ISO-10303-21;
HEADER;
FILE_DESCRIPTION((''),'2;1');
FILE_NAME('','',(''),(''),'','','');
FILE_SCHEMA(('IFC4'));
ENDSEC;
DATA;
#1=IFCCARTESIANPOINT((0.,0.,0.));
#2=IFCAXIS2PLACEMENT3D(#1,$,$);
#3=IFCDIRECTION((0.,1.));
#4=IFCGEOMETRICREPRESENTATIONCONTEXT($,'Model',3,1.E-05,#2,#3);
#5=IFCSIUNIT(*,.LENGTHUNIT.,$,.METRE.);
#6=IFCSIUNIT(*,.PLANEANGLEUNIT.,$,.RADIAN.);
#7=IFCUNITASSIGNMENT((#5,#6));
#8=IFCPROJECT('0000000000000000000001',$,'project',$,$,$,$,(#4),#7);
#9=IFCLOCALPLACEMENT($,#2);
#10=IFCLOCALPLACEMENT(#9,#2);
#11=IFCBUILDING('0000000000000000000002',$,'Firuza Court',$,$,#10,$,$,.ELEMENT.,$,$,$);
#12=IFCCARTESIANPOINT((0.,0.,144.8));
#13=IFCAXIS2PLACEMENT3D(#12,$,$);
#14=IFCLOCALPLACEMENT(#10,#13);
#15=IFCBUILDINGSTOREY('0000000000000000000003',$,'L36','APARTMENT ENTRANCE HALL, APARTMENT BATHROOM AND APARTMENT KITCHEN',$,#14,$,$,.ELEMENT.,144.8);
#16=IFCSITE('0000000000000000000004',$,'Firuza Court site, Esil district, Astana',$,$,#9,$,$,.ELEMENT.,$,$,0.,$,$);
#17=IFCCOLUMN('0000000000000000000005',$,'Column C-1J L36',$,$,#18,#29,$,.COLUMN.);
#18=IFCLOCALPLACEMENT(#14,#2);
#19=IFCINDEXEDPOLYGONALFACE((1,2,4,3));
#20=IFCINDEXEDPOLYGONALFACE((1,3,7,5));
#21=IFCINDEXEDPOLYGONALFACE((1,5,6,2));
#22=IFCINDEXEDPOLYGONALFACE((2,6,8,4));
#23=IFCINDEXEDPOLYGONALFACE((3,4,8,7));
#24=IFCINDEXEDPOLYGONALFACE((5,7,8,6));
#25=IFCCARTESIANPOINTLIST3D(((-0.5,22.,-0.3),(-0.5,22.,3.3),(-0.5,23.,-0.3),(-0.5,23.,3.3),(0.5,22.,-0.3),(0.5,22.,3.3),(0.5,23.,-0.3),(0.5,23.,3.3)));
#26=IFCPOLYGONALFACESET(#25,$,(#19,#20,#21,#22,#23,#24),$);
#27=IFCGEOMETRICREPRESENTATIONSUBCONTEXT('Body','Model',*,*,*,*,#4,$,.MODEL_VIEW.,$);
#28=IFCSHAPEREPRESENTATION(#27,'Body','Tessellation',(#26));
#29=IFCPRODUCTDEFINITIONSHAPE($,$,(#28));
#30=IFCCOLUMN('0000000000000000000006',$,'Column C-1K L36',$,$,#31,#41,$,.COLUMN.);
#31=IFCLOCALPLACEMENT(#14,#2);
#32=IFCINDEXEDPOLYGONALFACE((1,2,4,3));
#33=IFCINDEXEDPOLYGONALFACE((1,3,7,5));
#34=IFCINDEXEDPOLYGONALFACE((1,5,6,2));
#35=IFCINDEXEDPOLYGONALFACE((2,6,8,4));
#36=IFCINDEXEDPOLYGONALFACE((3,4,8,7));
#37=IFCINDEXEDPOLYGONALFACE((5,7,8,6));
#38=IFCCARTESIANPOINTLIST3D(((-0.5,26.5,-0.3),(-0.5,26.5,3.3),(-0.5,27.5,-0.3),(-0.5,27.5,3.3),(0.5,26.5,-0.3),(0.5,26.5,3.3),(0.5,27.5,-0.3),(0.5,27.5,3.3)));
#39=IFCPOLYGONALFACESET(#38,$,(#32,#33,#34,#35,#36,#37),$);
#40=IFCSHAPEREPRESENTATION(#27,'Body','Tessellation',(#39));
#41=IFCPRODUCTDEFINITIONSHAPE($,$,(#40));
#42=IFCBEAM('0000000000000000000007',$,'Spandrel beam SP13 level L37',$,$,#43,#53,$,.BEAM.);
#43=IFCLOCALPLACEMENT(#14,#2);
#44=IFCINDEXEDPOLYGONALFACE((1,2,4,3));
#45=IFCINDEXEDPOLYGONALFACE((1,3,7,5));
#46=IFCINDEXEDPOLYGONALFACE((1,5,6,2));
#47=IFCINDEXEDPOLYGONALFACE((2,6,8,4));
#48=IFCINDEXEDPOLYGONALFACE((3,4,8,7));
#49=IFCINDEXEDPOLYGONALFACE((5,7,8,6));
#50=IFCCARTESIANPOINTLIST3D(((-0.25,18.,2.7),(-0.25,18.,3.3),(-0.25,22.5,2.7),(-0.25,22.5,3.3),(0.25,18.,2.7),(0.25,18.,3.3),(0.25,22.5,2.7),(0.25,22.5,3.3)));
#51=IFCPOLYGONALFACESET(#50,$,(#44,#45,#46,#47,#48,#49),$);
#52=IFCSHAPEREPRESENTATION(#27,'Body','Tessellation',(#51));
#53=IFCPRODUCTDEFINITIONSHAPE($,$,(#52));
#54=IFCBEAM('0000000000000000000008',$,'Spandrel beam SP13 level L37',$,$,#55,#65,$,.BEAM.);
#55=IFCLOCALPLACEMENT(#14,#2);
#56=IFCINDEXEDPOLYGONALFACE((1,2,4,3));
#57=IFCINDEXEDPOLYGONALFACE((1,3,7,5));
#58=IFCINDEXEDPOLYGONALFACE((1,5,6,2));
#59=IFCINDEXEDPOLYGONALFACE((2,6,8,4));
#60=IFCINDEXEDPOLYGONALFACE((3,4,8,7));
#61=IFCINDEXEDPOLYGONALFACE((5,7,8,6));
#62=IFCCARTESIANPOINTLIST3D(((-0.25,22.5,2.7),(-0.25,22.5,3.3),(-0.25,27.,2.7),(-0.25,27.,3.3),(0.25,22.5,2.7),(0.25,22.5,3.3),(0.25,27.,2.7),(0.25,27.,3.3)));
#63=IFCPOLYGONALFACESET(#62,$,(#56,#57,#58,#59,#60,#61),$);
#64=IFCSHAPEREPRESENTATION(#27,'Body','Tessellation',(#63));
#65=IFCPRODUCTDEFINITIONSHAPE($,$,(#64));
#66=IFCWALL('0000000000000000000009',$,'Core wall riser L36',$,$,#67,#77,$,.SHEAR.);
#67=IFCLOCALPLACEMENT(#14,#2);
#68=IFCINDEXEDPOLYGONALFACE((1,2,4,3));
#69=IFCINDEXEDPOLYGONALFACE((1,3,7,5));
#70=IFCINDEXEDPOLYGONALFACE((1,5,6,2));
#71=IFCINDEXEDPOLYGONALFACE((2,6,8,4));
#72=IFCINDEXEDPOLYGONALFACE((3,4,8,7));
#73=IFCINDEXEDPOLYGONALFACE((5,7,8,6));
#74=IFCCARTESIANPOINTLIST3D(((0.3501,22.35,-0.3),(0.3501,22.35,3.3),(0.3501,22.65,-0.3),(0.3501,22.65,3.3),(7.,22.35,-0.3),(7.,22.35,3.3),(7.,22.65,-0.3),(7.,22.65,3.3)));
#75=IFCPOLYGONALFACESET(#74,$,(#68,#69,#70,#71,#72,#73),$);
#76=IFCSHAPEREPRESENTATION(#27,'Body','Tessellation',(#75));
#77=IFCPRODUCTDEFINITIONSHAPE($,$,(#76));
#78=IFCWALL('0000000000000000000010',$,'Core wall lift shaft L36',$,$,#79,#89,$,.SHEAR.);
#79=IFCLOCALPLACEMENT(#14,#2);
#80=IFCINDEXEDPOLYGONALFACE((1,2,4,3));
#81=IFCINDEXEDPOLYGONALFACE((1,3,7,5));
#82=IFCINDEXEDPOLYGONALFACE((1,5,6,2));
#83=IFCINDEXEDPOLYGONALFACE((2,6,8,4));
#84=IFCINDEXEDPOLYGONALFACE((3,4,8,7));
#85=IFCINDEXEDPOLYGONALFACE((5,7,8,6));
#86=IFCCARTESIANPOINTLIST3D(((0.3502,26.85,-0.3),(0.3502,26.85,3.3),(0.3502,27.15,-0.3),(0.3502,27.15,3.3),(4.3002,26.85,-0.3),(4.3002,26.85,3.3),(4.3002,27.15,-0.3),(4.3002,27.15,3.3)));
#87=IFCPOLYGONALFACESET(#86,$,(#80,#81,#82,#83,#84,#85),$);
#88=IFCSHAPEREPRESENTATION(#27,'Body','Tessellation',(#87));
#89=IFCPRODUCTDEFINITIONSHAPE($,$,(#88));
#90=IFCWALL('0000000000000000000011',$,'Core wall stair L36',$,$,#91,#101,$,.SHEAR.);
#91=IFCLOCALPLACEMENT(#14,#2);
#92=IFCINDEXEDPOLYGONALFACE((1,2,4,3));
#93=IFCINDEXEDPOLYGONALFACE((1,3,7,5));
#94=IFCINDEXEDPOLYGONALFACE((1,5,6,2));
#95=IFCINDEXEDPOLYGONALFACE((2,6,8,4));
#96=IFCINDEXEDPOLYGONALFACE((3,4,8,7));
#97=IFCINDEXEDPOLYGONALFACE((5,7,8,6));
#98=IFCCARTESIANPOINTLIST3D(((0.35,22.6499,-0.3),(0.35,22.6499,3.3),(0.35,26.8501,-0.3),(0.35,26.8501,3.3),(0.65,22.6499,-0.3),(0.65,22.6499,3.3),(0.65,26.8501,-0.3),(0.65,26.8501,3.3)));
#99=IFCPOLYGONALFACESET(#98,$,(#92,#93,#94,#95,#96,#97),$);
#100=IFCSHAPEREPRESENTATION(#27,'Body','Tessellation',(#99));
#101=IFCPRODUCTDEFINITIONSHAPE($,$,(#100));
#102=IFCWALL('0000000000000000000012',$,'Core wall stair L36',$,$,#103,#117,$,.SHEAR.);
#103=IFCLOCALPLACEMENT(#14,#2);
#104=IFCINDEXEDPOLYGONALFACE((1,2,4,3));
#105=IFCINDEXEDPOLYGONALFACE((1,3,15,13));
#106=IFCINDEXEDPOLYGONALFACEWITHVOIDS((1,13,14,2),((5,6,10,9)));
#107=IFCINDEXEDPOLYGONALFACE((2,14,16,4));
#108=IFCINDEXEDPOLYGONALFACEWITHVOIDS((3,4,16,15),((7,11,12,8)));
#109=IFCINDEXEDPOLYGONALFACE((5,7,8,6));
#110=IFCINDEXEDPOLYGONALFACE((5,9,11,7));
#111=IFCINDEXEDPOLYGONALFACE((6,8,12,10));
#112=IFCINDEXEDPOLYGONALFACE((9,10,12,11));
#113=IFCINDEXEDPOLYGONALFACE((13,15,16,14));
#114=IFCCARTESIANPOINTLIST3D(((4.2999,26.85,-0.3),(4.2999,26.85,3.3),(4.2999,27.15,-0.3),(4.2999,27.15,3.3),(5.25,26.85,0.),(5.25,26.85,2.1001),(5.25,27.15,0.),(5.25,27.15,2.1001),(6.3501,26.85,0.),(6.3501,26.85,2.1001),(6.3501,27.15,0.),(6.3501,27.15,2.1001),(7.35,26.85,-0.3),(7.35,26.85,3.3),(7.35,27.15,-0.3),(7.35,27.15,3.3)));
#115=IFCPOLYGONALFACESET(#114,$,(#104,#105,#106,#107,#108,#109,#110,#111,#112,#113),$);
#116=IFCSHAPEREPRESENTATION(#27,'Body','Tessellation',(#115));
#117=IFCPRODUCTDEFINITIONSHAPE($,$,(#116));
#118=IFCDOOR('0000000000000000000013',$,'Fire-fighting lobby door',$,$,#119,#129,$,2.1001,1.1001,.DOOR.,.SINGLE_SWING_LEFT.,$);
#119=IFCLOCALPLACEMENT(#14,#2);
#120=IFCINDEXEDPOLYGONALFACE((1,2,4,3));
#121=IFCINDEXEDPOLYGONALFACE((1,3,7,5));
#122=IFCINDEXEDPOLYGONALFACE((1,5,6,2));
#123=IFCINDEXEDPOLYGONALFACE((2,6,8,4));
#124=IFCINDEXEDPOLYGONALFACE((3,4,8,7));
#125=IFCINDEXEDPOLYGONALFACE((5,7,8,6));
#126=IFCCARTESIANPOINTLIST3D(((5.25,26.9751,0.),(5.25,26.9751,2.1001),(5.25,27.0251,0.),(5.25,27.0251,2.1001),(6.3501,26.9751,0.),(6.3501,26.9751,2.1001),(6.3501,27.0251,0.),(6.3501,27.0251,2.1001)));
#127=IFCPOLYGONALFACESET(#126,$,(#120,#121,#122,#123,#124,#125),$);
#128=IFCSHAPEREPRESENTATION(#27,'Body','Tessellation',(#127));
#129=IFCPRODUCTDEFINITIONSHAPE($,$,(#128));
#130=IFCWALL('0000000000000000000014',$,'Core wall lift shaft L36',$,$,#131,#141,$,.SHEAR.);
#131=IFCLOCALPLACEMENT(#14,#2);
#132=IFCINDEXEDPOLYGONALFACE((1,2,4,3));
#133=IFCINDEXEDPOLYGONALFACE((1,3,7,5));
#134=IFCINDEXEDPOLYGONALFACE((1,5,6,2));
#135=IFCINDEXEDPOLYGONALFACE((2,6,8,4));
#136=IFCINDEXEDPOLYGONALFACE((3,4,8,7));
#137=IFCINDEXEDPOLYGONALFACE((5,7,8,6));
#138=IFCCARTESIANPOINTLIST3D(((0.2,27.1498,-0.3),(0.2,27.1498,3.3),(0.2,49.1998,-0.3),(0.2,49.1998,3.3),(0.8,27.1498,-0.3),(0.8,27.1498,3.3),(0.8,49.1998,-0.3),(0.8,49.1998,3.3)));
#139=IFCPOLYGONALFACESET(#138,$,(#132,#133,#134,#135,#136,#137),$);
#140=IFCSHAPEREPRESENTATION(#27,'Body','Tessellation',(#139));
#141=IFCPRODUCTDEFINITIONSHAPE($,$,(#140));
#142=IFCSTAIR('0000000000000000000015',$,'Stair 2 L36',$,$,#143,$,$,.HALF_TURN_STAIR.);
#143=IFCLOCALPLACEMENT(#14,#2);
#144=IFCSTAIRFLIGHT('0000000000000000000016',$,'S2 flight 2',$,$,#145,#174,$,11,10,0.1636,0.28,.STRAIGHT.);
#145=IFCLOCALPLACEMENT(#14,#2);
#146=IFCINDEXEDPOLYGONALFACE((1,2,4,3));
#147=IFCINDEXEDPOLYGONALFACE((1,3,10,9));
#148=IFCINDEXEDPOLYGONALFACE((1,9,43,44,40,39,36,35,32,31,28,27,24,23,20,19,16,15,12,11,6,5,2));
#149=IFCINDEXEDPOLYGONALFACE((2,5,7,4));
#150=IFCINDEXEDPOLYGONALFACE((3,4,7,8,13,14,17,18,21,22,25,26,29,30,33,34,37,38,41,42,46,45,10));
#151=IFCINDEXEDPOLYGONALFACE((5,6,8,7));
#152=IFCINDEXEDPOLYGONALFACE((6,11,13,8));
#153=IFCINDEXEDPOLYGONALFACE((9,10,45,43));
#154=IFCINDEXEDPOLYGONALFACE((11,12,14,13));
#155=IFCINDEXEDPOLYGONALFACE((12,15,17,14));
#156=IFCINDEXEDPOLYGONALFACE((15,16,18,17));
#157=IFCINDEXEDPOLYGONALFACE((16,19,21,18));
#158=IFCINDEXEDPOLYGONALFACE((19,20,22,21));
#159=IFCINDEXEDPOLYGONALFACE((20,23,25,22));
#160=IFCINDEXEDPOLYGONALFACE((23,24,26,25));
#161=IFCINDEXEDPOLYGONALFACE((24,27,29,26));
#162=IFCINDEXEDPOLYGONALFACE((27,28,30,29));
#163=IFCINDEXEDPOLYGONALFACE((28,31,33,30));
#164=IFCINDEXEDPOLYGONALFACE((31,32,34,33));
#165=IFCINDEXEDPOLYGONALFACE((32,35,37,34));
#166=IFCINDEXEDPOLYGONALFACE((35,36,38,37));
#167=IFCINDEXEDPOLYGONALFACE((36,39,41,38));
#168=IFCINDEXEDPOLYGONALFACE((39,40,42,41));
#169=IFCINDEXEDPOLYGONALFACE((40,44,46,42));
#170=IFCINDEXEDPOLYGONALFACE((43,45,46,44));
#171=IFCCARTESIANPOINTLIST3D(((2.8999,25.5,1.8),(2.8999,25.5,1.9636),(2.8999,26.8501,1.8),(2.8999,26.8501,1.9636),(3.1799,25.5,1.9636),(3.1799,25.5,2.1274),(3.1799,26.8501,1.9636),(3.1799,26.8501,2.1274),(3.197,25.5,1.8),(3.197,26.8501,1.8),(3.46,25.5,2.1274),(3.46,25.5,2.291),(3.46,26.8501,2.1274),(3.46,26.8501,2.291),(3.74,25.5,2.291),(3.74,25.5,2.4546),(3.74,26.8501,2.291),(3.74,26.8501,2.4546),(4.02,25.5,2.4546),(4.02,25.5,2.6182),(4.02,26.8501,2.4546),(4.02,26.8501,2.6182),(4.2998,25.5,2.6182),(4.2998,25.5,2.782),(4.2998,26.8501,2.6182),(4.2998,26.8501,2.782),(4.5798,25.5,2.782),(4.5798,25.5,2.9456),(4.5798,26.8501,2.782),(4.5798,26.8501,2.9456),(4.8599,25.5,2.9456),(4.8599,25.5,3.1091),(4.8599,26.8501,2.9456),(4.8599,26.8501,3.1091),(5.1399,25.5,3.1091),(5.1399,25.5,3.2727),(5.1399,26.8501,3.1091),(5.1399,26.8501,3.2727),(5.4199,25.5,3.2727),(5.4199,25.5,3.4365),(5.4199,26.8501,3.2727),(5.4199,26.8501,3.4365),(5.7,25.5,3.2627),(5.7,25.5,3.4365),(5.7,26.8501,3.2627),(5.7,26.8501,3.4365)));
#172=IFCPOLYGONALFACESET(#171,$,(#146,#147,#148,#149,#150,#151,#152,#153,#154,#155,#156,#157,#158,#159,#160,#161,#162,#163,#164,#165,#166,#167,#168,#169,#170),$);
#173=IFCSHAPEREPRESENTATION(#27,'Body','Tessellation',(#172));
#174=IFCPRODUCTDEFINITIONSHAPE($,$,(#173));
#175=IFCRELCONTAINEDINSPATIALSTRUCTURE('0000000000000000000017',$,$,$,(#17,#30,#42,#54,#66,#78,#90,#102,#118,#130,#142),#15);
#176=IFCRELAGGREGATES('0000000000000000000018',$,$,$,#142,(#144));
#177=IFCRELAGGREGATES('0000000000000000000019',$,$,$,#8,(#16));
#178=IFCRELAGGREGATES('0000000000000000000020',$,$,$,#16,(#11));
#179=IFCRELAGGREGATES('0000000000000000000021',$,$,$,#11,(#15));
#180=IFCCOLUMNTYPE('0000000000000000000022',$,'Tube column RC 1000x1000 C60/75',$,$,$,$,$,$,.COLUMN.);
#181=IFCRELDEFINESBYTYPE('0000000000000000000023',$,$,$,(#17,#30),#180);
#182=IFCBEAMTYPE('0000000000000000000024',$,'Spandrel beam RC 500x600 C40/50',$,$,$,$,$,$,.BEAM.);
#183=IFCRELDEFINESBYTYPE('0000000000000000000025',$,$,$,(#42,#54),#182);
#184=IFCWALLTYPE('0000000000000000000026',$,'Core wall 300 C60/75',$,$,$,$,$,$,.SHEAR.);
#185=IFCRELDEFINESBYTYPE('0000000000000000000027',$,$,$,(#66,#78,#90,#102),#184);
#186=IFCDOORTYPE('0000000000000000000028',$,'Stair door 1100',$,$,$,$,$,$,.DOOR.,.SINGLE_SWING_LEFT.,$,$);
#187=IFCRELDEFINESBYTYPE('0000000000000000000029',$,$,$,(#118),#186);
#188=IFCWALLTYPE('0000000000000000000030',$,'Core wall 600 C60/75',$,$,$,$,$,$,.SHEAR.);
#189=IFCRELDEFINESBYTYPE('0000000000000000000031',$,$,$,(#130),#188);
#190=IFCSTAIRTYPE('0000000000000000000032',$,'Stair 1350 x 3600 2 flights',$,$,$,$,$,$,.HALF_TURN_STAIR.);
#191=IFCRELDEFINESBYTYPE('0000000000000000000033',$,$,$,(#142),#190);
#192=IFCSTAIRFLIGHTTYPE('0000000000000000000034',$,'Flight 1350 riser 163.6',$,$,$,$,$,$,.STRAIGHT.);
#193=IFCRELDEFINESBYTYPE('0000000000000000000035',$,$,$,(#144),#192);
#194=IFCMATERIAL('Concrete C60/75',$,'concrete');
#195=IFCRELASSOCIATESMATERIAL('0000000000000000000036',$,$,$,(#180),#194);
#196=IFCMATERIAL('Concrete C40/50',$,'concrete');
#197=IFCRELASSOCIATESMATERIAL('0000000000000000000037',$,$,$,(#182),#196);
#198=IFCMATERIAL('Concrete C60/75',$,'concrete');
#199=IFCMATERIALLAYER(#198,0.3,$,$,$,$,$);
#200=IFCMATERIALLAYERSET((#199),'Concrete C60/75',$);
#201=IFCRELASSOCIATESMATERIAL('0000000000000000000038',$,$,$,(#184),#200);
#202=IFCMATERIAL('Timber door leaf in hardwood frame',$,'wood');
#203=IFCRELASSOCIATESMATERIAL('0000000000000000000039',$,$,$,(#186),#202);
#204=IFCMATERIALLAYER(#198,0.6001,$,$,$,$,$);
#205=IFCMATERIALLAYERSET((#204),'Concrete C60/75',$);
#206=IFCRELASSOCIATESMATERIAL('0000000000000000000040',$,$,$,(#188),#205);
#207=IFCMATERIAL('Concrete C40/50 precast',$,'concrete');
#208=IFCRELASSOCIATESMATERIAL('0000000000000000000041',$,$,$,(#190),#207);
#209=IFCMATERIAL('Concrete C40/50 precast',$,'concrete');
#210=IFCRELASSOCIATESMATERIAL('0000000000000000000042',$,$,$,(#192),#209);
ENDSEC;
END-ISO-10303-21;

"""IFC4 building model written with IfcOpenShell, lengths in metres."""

from ifc_helpers import new_model, si_unit, direction, frame, frame_2d, origin, origin_2d, place, context, subcontext, project, spatial, polyline, rectangle, outline, extrude, material, layer, layer_set, material_profile, profile_set, type_object, element, fill, aggregate, save


model = new_model("IFC4")

# Units and contexts
model_context = context("Model", 3, precision=1e-05, world=origin(), true_north=direction((0.0, 1.0)))
body_context = subcontext(model_context, "Body", "Model", "MODEL_VIEW")
ifc_project = project(units=[si_unit("LENGTHUNIT", "METRE"), si_unit("PLANEANGLEUNIT", "RADIAN")], contexts=[model_context])

# Site, building, storey
site_placement = place(None, origin())
site = spatial("IfcSite", under=ifc_project, at=site_placement, Name="Firuza Court site, Esil district, Astana", CompositionType="ELEMENT", RefElevation=0.0)
building_placement = place(site_placement, origin())
building = spatial("IfcBuilding", under=site, at=building_placement, Name="Firuza Court", CompositionType="ELEMENT")
storey_placement = place(building_placement, frame((0.0, 0.0, 144.8)))
storey = spatial("IfcBuildingStorey", under=building, at=storey_placement, Name="L36", Description="APARTMENT ENTRANCE HALL, APARTMENT BATHROOM AND APARTMENT KITCHEN", CompositionType="ELEMENT", Elevation=144.8)

# Columns
ifc_material_1 = material(Name="Concrete C60/75", Category="concrete")
ifc_material_profile_1 = material_profile(ifc_material_1, rectangle(XDim=1.0, YDim=1.0, at=origin_2d()), Name="RC 1000x1000")
ifc_profile_set_1 = profile_set([ifc_material_profile_1], Name="Concrete C60/75")
column_type = type_object("IfcColumnType", Name="Tube column RC 1000x1000 C60/75", PredefinedType="COLUMN", material=ifc_profile_set_1)
for number, where, z_axis, x_axis, name in (
    (1, (0.0, 22.5, -0.3), (0.0, 0.0, 1.0), (1.0, 0.0, 0.0), "Column C-1J L36"),
    (2, (0.0, 27.0, -0.3), (0.0, 0.0, 1.0), (1.0, 0.0, 0.0), "Column C-1K L36"),
):
    element("IfcColumn", number, at=place(storey_placement, frame(where, z_axis=z_axis, x_axis=x_axis)), inside=storey, type_object=column_type, Name=name, PredefinedType="COLUMN", context=body_context, shape_type="SweptSolid", body=[
        extrude(rectangle(XDim=1.0, YDim=1.0, at=origin_2d()), origin(), (0.0, 0.0, 1.0), 3.6001),
    ])

# Beams
ifc_material_2 = material(Name="Concrete C40/50", Category="concrete")
ifc_material_profile_2 = material_profile(ifc_material_2, rectangle(XDim=0.5, YDim=0.6001, at=origin_2d()), Name="RC 500x600")
ifc_profile_set_2 = profile_set([ifc_material_profile_2], Name="Concrete C40/50")
beam_type = type_object("IfcBeamType", Name="Spandrel beam RC 500x600 C40/50", PredefinedType="BEAM", material=ifc_profile_set_2)
for number, where, z_axis, x_axis, name in (
    (3, (0.0, 22.5, 3.0), (0.0, -1.0, 0.0), (1.0, 0.0, 0.0), "Spandrel beam SP13 level L37"),
    (4, (0.0, 27.0, 3.0), (0.0, -1.0, 0.0), (1.0, 0.0, 0.0), "Spandrel beam SP13 level L37"),
):
    element("IfcBeam", number, at=place(storey_placement, frame(where, z_axis=z_axis, x_axis=x_axis)), inside=storey, type_object=beam_type, Name=name, PredefinedType="BEAM", context=body_context, shape_type="SweptSolid", body=[
        extrude(rectangle(XDim=0.5, YDim=0.6001, at=origin_2d()), origin(), (0.0, 0.0, 1.0), 4.5),
    ])

# Walls
ifc_material_3 = material(Name="Concrete C60/75", Category="concrete")
ifc_layer_1 = layer(ifc_material_3, 0.3)
ifc_layer_set_1 = layer_set([ifc_layer_1], Name="Concrete C60/75")
wall_type_1 = type_object("IfcWallType", Name="Core wall 300 C60/75", PredefinedType="SHEAR", material=ifc_layer_set_1)
wall_1_placement = place(storey_placement, frame((0.3501, 22.5, -0.3), z_axis=(0.0, 0.0, 1.0), x_axis=(1.0, 0.0, 0.0)))
element("IfcWall", 5, at=wall_1_placement, inside=storey, type_object=wall_type_1, Name="Core wall riser L36", PredefinedType="SHEAR", context=body_context, shape_type="SweptSolid", body=[
    extrude(rectangle(XDim=6.6499, YDim=0.3, at=frame_2d((3.325, 0.0))), origin(), (0.0, 0.0, 1.0), 3.6001),
])
wall_2_placement = place(storey_placement, frame((0.3501, 27.0, -0.3), z_axis=(0.0, 0.0, 1.0), x_axis=(1.0, 0.0, 0.0)))
element("IfcWall", 6, at=wall_2_placement, inside=storey, type_object=wall_type_1, Name="Core wall lift shaft L36", PredefinedType="SHEAR", context=body_context, shape_type="SweptSolid", body=[
    extrude(rectangle(XDim=3.95, YDim=0.3, at=frame_2d((1.9751, 0.0))), origin(), (0.0, 0.0, 1.0), 3.6001),
])
wall_3_placement = place(storey_placement, frame((0.5, 22.6499, -0.3), z_axis=(0.0, 0.0, 1.0), x_axis=(0.0, 1.0, 0.0)))
element("IfcWall", 7, at=wall_3_placement, inside=storey, type_object=wall_type_1, Name="Core wall stair L36", PredefinedType="SHEAR", context=body_context, shape_type="SweptSolid", body=[
    extrude(rectangle(XDim=4.2002, YDim=0.3, at=frame_2d((2.1001, 0.0))), origin(), (0.0, 0.0, 1.0), 3.6001),
])

# Wall, opening, door
wall_4_placement = place(storey_placement, frame((4.3, 27.0, -0.3), z_axis=(0.0, 0.0, 1.0), x_axis=(1.0, 0.0, 0.0)))
wall_4 = element("IfcWall", 8, at=wall_4_placement, inside=storey, type_object=wall_type_1, Name="Core wall stair L36", PredefinedType="SHEAR", context=body_context, shape_type="SweptSolid", body=[
    extrude(rectangle(XDim=3.05, YDim=0.3, at=frame_2d((1.5249, 0.0))), origin(), (0.0, 0.0, 1.0), 3.6001),
])
opening_placement = place(wall_4_placement, frame((0.95, 0.0, 0.3)))
opening = element("IfcOpeningElement", 9, at=opening_placement, cuts=wall_4, PredefinedType="OPENING", context=body_context, shape_type="SweptSolid", body=[
    extrude(rectangle(XDim=1.1001, YDim=2.1001, at=frame_2d((0.55, 1.05))), frame((0.0, 0.1621, 0.0), z_axis=(0.0, -1.0, 0.0), x_axis=(1.0, 0.0, 0.0)), (0.0, 0.0, 1.0), 0.324),
])
ifc_material_4 = material(Name="Timber door leaf in hardwood frame", Category="wood")
door_type = type_object("IfcDoorType", Name="Stair door 1100", OperationType="SINGLE_SWING_LEFT", PredefinedType="DOOR", material=ifc_material_4)
door_placement = place(opening_placement, frame((1.1001, 0.0, 0.0), z_axis=(0.0, 0.0, 1.0), x_axis=(-1.0, 0.0, 0.0)))
door = element("IfcDoor", 10, at=door_placement, inside=storey, type_object=door_type, Name="Fire-fighting lobby door", OperationType="SINGLE_SWING_LEFT", OverallHeight=2.1001, OverallWidth=1.1001, PredefinedType="DOOR", context=body_context, shape_type="SweptSolid", body=[
    extrude(rectangle(XDim=1.1001, YDim=2.1001, at=frame_2d((0.55, 1.05))), frame((0.0, 0.0249, 0.0), z_axis=(0.0, -1.0, 0.0), x_axis=(1.0, 0.0, 0.0)), (0.0, 0.0, 1.0), 0.05),
])
fill(opening, door)

# Wall
ifc_layer_2 = layer(ifc_material_3, 0.6001)
ifc_layer_set_2 = layer_set([ifc_layer_2], Name="Concrete C60/75")
wall_type_2 = type_object("IfcWallType", Name="Core wall 600 C60/75", PredefinedType="SHEAR", material=ifc_layer_set_2)
wall_5_placement = place(storey_placement, frame((0.5, 27.1499, -0.3), z_axis=(0.0, 0.0, 1.0), x_axis=(0.0, 1.0, 0.0)))
element("IfcWall", 11, at=wall_5_placement, inside=storey, type_object=wall_type_2, Name="Core wall lift shaft L36", PredefinedType="SHEAR", context=body_context, shape_type="SweptSolid", body=[
    extrude(rectangle(XDim=22.05, YDim=0.6001, at=frame_2d((11.0249, 0.0))), origin(), (0.0, 0.0, 1.0), 3.6001),
])

# Stair, stair flight
ifc_material_5 = material(Name="Concrete C40/50 precast", Category="concrete")
stair_type = type_object("IfcStairType", Name="Stair 1350 x 3600 2 flights", PredefinedType="HALF_TURN_STAIR", material=ifc_material_5)
stair_placement = place(storey_placement, origin())
stair = element("IfcStair", 12, at=stair_placement, inside=storey, type_object=stair_type, Name="Stair 2 L36", PredefinedType="HALF_TURN_STAIR")
ifc_material_6 = material(Name="Concrete C40/50 precast", Category="concrete")
stair_flight_type = type_object("IfcStairFlightType", Name="Flight 1350 riser 163.6", PredefinedType="STRAIGHT", material=ifc_material_6)
stair_flight_placement = place(storey_placement, frame((2.8999, 26.175, 1.8), z_axis=(0.0, 0.0, 1.0), x_axis=(1.0, 0.0, 0.0)))
stair_flight = element("IfcStairFlight", 13, at=stair_flight_placement, type_object=stair_flight_type, Name="S2 flight 2", NumberOfRisers=11, NumberOfTreads=10, PredefinedType="STRAIGHT", RiserHeight=0.1636, TreadLength=0.28, context=body_context, shape_type="SweptSolid", body=[
    extrude(outline(polyline([(0.0, 0.0), (0.0, 0.1636), (0.28, 0.1636), (0.28, 0.3274), (0.5601, 0.3274), (0.5601, 0.491), (0.8401, 0.491), (0.8401, 0.6545), (1.1201, 0.6545), (1.1201, 0.8181), (1.3999, 0.8181), (1.3999, 0.9819), (1.6799, 0.9819), (1.6799, 1.1455), (1.96, 1.1455), (1.96, 1.3091), (2.24, 1.3091), (2.24, 1.4727), (2.52, 1.4727), (2.52, 1.6365), (2.8, 1.6365), (2.8, 1.8), (2.8, 1.4626), (0.2971, 0.0), (0.0, 0.0)])), frame((0.0, 0.675, 0.0), z_axis=(0.0, -1.0, 0.0), x_axis=(1.0, 0.0, 0.0)), (0.0, 0.0, 1.0), 1.3501),
])
aggregate(stair, [stair_flight])

save(model, "model.ifc")
